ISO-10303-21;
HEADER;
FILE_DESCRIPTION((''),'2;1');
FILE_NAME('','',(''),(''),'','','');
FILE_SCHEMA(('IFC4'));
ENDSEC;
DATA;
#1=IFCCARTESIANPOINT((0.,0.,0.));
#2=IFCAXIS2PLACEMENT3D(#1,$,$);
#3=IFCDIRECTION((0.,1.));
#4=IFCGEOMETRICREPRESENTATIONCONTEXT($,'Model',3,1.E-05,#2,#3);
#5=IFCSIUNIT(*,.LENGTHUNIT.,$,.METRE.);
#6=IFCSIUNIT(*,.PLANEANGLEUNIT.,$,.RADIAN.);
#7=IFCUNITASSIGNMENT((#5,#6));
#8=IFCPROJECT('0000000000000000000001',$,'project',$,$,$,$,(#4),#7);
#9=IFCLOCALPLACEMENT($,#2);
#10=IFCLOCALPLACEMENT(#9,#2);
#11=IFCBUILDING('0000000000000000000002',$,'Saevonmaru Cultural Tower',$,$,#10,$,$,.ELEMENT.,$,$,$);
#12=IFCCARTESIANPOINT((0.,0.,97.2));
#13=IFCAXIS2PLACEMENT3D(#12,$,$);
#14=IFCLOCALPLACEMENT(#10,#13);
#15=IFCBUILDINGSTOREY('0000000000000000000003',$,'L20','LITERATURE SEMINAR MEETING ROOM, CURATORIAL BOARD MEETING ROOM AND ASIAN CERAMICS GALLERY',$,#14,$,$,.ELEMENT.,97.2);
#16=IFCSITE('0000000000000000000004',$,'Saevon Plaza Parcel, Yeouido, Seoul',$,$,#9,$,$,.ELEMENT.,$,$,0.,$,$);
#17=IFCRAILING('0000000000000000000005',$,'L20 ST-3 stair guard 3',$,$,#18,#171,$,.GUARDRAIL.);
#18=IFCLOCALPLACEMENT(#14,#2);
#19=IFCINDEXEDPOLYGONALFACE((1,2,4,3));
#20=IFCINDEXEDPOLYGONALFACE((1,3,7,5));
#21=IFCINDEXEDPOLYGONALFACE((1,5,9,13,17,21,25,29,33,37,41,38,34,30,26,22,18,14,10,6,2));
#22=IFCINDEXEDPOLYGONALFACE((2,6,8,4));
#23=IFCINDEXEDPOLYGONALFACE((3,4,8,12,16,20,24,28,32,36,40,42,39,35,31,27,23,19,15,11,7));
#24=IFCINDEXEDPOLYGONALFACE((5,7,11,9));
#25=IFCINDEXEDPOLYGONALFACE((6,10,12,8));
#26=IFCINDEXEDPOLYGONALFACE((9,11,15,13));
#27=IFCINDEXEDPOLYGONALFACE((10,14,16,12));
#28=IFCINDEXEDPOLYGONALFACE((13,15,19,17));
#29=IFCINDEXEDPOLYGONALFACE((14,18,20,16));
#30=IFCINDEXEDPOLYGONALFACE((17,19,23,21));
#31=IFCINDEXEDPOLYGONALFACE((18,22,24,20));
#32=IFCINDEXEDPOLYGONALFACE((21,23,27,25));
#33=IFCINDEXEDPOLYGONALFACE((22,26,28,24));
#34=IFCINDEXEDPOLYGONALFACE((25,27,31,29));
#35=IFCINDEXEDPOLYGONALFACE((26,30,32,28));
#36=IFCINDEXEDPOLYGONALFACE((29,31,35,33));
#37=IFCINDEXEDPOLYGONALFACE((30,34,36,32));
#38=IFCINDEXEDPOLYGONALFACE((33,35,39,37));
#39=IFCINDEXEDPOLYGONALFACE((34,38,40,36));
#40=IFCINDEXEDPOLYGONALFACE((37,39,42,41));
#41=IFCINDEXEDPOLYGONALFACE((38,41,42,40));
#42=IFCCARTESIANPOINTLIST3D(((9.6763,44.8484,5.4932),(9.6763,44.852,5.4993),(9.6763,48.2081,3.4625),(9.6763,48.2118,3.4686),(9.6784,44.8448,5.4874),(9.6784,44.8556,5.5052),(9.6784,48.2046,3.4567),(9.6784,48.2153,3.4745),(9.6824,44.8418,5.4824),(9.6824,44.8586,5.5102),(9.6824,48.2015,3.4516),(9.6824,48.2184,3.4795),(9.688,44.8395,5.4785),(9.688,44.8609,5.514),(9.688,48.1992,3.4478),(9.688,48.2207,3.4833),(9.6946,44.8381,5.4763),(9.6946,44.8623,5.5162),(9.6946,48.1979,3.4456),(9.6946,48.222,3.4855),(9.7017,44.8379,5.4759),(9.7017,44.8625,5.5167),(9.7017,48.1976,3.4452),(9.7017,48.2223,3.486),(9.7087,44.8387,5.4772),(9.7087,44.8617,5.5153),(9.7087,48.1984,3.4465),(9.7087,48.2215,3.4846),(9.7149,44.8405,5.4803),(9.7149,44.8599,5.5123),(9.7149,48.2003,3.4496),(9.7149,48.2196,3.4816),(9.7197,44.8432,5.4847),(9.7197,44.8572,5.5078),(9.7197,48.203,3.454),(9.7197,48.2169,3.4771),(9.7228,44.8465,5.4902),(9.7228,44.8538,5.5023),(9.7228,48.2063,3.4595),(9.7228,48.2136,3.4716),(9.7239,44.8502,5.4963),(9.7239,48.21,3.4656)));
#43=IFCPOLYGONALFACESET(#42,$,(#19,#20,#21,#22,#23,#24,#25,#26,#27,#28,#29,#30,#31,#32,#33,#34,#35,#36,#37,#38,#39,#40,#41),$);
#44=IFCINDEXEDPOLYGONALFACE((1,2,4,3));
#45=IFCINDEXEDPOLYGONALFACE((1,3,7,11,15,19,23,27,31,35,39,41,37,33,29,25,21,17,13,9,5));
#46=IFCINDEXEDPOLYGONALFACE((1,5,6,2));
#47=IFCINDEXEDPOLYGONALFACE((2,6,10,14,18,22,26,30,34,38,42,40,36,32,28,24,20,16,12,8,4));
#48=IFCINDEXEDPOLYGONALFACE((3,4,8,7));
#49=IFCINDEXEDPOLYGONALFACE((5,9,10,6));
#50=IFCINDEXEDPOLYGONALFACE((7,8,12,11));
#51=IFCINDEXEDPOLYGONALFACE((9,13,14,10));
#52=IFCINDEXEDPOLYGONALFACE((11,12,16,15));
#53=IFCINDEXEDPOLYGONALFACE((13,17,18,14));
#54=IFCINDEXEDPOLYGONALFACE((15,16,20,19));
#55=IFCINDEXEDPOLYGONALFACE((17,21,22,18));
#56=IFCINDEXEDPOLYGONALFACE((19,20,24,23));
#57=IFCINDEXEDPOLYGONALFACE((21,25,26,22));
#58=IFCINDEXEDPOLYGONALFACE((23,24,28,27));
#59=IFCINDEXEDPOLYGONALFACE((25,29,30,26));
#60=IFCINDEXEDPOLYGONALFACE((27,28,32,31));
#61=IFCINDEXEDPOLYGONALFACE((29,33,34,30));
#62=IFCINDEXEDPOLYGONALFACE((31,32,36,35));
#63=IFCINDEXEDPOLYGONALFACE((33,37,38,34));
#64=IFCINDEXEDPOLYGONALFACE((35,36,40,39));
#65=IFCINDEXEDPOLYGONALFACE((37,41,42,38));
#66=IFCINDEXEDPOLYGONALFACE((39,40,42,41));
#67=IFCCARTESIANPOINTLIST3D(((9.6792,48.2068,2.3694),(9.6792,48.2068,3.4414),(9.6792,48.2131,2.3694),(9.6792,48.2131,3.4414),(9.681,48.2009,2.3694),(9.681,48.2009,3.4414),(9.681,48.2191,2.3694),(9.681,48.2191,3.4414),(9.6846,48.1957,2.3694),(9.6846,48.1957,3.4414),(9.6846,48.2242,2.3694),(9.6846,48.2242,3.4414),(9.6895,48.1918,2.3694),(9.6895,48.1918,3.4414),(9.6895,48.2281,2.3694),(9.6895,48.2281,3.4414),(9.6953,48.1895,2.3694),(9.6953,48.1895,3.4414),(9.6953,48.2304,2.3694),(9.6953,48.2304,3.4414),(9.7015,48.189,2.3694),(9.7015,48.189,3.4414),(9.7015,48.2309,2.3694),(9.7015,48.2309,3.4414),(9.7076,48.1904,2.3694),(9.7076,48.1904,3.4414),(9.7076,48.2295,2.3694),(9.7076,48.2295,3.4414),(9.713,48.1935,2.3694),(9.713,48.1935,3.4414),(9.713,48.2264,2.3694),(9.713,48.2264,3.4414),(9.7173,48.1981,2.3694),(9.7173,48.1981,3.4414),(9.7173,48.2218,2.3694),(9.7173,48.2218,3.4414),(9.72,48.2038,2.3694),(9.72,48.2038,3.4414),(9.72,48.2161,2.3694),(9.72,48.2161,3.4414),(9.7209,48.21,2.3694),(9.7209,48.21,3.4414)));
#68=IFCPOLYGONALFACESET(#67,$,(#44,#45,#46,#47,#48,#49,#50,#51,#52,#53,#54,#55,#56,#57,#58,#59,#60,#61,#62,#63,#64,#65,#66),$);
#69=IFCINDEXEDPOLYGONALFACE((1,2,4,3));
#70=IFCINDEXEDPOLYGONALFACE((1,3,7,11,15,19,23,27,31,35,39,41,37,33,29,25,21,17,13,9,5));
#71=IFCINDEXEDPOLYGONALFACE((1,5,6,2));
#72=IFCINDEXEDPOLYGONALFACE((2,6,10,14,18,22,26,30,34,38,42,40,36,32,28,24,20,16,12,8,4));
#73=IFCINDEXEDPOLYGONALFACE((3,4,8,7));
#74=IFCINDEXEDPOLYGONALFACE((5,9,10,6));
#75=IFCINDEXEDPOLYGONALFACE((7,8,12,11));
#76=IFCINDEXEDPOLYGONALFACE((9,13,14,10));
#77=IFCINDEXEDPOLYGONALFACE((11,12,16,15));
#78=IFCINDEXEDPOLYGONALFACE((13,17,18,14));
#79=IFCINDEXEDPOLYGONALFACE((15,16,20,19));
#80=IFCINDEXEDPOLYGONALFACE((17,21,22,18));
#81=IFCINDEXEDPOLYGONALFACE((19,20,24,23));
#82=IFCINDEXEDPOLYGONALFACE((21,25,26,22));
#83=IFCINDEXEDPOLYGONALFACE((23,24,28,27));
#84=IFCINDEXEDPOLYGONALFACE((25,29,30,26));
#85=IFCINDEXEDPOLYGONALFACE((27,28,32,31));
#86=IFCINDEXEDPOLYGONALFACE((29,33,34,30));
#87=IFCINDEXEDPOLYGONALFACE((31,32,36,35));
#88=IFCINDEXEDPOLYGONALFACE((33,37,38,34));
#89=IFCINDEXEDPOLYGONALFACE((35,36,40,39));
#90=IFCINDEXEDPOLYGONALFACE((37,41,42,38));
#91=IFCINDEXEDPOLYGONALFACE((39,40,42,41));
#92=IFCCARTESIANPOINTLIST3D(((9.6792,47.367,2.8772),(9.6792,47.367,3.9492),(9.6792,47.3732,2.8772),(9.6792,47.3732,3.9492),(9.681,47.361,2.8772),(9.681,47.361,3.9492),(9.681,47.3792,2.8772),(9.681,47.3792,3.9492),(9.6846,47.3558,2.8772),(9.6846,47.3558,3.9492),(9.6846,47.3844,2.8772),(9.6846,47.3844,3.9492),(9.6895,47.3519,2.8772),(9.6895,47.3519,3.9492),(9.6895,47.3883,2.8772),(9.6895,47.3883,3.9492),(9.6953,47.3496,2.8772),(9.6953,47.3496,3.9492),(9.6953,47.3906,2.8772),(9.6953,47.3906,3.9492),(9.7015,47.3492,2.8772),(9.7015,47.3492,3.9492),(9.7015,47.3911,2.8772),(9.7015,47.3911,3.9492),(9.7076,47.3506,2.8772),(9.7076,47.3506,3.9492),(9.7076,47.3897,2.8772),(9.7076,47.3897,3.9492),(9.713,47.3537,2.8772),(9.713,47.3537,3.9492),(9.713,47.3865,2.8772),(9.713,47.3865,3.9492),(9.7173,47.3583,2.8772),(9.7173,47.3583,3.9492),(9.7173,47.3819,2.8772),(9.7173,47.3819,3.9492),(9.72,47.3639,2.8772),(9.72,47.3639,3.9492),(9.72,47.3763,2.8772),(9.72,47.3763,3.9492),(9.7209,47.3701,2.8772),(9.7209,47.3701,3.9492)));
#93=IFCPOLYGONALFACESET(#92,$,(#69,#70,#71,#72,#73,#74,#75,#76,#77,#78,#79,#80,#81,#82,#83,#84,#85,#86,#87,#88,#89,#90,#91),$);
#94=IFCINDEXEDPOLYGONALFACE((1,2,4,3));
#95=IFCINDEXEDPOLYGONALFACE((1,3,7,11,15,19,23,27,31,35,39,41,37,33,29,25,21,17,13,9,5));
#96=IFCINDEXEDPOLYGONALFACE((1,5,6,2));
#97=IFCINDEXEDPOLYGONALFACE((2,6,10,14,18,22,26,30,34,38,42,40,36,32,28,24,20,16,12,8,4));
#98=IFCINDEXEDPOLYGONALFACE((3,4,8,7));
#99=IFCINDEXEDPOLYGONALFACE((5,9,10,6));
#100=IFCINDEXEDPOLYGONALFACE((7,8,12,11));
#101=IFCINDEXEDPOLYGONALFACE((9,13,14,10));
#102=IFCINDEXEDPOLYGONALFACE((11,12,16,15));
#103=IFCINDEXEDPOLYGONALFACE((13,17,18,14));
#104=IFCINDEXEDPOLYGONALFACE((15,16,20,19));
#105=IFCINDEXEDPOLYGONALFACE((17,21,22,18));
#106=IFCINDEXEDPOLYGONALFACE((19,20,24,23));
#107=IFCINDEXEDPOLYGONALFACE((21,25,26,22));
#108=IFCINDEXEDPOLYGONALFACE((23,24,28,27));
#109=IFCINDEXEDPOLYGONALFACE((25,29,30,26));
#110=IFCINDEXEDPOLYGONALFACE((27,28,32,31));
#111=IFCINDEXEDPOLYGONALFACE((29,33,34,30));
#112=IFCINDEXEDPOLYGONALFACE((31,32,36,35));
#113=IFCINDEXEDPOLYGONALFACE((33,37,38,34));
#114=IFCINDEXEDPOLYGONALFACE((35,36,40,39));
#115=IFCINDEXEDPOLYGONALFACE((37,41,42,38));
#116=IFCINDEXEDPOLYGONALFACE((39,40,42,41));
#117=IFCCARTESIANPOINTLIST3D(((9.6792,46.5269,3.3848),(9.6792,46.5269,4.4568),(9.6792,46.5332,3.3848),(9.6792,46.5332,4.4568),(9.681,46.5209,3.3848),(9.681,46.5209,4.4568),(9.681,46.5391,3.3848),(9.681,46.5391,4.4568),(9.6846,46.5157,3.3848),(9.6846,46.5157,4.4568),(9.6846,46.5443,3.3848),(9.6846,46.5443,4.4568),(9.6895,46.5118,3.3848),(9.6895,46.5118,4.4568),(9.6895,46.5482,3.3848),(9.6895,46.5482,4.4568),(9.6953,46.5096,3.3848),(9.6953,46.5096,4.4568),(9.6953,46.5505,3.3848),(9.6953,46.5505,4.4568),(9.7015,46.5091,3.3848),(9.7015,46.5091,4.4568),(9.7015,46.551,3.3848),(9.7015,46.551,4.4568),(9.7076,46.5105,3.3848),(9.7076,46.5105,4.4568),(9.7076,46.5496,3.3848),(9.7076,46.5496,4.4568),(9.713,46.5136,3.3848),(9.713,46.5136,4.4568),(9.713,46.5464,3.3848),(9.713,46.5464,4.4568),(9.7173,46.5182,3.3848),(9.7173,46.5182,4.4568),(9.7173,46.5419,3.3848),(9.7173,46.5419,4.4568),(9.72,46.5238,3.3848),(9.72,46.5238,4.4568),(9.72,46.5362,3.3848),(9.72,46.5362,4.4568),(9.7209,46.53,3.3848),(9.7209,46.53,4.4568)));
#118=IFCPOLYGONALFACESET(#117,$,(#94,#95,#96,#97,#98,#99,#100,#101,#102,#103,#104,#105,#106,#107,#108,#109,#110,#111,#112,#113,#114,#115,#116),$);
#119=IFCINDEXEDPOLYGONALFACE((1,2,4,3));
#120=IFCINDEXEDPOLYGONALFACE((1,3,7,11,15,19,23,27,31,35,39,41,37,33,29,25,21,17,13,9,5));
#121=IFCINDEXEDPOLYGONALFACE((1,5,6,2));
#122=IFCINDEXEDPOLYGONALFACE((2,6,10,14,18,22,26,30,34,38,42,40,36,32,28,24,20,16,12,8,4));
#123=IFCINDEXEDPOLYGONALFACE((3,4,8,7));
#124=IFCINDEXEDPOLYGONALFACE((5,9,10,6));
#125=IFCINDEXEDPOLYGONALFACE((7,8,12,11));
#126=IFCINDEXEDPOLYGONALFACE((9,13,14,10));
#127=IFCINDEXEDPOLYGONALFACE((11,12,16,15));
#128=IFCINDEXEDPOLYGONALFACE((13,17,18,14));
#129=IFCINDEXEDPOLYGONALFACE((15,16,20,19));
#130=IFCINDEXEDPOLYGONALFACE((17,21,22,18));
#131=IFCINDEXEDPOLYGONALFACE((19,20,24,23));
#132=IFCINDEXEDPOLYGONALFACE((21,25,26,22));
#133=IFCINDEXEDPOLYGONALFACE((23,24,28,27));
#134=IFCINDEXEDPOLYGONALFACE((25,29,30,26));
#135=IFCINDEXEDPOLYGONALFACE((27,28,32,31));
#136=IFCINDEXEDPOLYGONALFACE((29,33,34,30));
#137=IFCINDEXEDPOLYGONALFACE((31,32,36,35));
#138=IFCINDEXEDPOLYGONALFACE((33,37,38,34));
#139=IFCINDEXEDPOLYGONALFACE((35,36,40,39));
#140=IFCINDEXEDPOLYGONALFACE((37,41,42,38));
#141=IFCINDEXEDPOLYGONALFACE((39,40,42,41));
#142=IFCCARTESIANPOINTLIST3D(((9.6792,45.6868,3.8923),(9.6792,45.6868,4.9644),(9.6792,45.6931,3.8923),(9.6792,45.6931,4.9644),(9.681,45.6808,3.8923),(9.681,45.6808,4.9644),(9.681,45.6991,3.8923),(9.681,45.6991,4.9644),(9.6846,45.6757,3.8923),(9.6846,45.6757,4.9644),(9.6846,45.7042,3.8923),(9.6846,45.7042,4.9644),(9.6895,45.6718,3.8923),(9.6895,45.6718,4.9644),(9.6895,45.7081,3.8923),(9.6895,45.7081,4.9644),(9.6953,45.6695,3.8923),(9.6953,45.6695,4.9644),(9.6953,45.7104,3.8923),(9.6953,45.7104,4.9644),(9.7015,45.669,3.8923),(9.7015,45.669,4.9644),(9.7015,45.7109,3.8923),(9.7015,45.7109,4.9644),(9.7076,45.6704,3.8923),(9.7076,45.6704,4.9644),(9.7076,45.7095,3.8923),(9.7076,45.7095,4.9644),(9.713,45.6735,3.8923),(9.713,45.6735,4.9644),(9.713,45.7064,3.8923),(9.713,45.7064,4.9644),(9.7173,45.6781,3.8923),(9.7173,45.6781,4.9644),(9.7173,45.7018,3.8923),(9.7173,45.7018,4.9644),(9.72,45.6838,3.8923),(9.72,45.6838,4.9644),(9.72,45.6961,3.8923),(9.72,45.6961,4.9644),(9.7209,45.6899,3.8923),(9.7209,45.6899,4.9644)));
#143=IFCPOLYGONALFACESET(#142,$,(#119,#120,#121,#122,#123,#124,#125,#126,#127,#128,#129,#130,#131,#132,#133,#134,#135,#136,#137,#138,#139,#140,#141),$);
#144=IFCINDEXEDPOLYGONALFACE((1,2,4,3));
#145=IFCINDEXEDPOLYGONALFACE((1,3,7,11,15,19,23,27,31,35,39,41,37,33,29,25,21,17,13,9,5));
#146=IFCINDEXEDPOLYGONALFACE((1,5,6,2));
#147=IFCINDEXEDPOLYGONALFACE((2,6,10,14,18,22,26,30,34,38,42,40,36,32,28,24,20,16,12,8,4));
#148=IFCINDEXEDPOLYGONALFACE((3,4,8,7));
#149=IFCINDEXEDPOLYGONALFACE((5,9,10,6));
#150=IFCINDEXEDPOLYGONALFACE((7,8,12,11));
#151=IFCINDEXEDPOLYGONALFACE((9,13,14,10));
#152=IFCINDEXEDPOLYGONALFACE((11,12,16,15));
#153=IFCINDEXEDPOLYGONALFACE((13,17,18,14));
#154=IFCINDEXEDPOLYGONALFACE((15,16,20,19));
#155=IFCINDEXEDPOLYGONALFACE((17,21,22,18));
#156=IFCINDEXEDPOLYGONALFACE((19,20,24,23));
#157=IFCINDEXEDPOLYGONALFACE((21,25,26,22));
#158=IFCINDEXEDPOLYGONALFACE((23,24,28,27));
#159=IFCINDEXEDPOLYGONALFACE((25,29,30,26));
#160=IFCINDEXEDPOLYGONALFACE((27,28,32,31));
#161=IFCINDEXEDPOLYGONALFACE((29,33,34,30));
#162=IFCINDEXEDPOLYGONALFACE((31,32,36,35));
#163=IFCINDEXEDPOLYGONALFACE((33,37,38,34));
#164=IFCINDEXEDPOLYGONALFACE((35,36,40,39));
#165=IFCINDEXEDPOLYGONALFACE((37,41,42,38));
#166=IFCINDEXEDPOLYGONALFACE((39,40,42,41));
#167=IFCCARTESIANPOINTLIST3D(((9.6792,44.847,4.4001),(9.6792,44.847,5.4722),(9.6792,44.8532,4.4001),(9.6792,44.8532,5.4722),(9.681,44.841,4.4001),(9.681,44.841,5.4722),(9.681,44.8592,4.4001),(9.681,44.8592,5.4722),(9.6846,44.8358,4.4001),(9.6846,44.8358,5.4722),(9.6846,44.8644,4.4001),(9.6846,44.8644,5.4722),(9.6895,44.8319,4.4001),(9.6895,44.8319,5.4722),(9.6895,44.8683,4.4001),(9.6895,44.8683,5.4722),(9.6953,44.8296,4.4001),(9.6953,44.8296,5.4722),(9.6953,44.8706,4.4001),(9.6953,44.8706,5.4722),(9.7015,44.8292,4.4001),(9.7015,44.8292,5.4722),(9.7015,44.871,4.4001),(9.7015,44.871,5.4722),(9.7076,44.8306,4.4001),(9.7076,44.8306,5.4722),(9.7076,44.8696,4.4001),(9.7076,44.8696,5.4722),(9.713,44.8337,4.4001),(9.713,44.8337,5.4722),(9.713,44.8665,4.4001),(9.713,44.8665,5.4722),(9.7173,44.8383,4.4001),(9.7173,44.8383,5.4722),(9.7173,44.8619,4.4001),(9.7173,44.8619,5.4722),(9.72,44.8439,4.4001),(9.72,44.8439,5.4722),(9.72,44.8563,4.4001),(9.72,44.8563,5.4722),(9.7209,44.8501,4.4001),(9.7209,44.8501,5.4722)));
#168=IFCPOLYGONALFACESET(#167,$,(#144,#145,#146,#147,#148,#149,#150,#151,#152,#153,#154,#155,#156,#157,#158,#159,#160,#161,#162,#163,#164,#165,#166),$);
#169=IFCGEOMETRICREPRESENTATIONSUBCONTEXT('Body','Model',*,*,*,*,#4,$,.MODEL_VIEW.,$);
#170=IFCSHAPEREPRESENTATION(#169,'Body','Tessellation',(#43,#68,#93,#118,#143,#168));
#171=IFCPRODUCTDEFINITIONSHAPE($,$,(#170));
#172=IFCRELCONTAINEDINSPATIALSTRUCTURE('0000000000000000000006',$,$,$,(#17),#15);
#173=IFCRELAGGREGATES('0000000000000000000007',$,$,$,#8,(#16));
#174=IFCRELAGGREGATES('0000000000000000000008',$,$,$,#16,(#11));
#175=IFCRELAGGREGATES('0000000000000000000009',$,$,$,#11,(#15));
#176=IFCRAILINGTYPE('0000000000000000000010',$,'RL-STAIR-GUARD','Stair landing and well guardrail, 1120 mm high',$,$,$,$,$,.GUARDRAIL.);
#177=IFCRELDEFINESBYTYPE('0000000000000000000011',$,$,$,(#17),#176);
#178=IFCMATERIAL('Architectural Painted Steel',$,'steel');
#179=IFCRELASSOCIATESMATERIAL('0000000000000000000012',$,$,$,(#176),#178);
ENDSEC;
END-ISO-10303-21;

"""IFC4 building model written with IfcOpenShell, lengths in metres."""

from ifc_helpers import new_model, si_unit, direction, frame, origin, origin_2d, place, context, subcontext, project, spatial, circle, extrude, material, type_object, element, save


model = new_model("IFC4")

# Units and contexts
model_context = context("Model", 3, precision=1e-05, world=origin(), true_north=direction((0.0, 1.0)))
body_context = subcontext(model_context, "Body", "Model", "MODEL_VIEW")
ifc_project = project(units=[si_unit("LENGTHUNIT", "METRE"), si_unit("PLANEANGLEUNIT", "RADIAN")], contexts=[model_context])

# Site, building, storey
site_placement = place(None, origin())
site = spatial("IfcSite", under=ifc_project, at=site_placement, Name="Saevon Plaza Parcel, Yeouido, Seoul", CompositionType="ELEMENT", RefElevation=0.0)
building_placement = place(site_placement, origin())
building = spatial("IfcBuilding", under=site, at=building_placement, Name="Saevonmaru Cultural Tower", CompositionType="ELEMENT")
storey_placement = place(building_placement, frame((0.0, 0.0, 97.2)))
storey = spatial("IfcBuildingStorey", under=building, at=storey_placement, Name="L20", Description="LITERATURE SEMINAR MEETING ROOM, CURATORIAL BOARD MEETING ROOM AND ASIAN CERAMICS GALLERY", CompositionType="ELEMENT", Elevation=97.2)

# Railing
ifc_material_1 = material(Name="Architectural Painted Steel", Category="steel")
railing_type_1 = type_object("IfcRailingType", Name="RL-STAIR-GUARD", Description="Stair landing and well guardrail, 1120 mm high", PredefinedType="GUARDRAIL", material=ifc_material_1)
railing_1_placement = place(storey_placement, frame((9.7, 48.21, 2.3694)))
element("IfcRailing", 1, at=railing_1_placement, inside=storey, type_object=railing_type_1, Name="L20 ST-3 stair guard 3", PredefinedType="GUARDRAIL", context=body_context, shape_type="SweptSolid", body=[
    extrude(circle(Radius=0.0239, at=origin_2d()), frame((0.0, 0.0, 1.0962), z_axis=(0.0, -0.85582, 0.517273), x_axis=(1.0, 0.0, 0.0)), (0.0, 0.0, 1.0), 3.9258),
    extrude(circle(Radius=0.021, at=origin_2d()), origin(), (0.0, 0.0, 1.0), 1.072),
    extrude(circle(Radius=0.021, at=origin_2d()), frame((0.0, -0.8398, 0.5078)), (0.0, 0.0, 1.0), 1.072),
    extrude(circle(Radius=0.021, at=origin_2d()), frame((0.0, -1.6799, 1.0154)), (0.0, 0.0, 1.0), 1.072),
    extrude(circle(Radius=0.021, at=origin_2d()), frame((0.0, -2.52, 1.5229)), (0.0, 0.0, 1.0), 1.072),
    extrude(circle(Radius=0.021, at=origin_2d()), frame((0.0, -3.3599, 2.0308)), (0.0, 0.0, 1.0), 1.072),
])

save(model, "model.ifc")
